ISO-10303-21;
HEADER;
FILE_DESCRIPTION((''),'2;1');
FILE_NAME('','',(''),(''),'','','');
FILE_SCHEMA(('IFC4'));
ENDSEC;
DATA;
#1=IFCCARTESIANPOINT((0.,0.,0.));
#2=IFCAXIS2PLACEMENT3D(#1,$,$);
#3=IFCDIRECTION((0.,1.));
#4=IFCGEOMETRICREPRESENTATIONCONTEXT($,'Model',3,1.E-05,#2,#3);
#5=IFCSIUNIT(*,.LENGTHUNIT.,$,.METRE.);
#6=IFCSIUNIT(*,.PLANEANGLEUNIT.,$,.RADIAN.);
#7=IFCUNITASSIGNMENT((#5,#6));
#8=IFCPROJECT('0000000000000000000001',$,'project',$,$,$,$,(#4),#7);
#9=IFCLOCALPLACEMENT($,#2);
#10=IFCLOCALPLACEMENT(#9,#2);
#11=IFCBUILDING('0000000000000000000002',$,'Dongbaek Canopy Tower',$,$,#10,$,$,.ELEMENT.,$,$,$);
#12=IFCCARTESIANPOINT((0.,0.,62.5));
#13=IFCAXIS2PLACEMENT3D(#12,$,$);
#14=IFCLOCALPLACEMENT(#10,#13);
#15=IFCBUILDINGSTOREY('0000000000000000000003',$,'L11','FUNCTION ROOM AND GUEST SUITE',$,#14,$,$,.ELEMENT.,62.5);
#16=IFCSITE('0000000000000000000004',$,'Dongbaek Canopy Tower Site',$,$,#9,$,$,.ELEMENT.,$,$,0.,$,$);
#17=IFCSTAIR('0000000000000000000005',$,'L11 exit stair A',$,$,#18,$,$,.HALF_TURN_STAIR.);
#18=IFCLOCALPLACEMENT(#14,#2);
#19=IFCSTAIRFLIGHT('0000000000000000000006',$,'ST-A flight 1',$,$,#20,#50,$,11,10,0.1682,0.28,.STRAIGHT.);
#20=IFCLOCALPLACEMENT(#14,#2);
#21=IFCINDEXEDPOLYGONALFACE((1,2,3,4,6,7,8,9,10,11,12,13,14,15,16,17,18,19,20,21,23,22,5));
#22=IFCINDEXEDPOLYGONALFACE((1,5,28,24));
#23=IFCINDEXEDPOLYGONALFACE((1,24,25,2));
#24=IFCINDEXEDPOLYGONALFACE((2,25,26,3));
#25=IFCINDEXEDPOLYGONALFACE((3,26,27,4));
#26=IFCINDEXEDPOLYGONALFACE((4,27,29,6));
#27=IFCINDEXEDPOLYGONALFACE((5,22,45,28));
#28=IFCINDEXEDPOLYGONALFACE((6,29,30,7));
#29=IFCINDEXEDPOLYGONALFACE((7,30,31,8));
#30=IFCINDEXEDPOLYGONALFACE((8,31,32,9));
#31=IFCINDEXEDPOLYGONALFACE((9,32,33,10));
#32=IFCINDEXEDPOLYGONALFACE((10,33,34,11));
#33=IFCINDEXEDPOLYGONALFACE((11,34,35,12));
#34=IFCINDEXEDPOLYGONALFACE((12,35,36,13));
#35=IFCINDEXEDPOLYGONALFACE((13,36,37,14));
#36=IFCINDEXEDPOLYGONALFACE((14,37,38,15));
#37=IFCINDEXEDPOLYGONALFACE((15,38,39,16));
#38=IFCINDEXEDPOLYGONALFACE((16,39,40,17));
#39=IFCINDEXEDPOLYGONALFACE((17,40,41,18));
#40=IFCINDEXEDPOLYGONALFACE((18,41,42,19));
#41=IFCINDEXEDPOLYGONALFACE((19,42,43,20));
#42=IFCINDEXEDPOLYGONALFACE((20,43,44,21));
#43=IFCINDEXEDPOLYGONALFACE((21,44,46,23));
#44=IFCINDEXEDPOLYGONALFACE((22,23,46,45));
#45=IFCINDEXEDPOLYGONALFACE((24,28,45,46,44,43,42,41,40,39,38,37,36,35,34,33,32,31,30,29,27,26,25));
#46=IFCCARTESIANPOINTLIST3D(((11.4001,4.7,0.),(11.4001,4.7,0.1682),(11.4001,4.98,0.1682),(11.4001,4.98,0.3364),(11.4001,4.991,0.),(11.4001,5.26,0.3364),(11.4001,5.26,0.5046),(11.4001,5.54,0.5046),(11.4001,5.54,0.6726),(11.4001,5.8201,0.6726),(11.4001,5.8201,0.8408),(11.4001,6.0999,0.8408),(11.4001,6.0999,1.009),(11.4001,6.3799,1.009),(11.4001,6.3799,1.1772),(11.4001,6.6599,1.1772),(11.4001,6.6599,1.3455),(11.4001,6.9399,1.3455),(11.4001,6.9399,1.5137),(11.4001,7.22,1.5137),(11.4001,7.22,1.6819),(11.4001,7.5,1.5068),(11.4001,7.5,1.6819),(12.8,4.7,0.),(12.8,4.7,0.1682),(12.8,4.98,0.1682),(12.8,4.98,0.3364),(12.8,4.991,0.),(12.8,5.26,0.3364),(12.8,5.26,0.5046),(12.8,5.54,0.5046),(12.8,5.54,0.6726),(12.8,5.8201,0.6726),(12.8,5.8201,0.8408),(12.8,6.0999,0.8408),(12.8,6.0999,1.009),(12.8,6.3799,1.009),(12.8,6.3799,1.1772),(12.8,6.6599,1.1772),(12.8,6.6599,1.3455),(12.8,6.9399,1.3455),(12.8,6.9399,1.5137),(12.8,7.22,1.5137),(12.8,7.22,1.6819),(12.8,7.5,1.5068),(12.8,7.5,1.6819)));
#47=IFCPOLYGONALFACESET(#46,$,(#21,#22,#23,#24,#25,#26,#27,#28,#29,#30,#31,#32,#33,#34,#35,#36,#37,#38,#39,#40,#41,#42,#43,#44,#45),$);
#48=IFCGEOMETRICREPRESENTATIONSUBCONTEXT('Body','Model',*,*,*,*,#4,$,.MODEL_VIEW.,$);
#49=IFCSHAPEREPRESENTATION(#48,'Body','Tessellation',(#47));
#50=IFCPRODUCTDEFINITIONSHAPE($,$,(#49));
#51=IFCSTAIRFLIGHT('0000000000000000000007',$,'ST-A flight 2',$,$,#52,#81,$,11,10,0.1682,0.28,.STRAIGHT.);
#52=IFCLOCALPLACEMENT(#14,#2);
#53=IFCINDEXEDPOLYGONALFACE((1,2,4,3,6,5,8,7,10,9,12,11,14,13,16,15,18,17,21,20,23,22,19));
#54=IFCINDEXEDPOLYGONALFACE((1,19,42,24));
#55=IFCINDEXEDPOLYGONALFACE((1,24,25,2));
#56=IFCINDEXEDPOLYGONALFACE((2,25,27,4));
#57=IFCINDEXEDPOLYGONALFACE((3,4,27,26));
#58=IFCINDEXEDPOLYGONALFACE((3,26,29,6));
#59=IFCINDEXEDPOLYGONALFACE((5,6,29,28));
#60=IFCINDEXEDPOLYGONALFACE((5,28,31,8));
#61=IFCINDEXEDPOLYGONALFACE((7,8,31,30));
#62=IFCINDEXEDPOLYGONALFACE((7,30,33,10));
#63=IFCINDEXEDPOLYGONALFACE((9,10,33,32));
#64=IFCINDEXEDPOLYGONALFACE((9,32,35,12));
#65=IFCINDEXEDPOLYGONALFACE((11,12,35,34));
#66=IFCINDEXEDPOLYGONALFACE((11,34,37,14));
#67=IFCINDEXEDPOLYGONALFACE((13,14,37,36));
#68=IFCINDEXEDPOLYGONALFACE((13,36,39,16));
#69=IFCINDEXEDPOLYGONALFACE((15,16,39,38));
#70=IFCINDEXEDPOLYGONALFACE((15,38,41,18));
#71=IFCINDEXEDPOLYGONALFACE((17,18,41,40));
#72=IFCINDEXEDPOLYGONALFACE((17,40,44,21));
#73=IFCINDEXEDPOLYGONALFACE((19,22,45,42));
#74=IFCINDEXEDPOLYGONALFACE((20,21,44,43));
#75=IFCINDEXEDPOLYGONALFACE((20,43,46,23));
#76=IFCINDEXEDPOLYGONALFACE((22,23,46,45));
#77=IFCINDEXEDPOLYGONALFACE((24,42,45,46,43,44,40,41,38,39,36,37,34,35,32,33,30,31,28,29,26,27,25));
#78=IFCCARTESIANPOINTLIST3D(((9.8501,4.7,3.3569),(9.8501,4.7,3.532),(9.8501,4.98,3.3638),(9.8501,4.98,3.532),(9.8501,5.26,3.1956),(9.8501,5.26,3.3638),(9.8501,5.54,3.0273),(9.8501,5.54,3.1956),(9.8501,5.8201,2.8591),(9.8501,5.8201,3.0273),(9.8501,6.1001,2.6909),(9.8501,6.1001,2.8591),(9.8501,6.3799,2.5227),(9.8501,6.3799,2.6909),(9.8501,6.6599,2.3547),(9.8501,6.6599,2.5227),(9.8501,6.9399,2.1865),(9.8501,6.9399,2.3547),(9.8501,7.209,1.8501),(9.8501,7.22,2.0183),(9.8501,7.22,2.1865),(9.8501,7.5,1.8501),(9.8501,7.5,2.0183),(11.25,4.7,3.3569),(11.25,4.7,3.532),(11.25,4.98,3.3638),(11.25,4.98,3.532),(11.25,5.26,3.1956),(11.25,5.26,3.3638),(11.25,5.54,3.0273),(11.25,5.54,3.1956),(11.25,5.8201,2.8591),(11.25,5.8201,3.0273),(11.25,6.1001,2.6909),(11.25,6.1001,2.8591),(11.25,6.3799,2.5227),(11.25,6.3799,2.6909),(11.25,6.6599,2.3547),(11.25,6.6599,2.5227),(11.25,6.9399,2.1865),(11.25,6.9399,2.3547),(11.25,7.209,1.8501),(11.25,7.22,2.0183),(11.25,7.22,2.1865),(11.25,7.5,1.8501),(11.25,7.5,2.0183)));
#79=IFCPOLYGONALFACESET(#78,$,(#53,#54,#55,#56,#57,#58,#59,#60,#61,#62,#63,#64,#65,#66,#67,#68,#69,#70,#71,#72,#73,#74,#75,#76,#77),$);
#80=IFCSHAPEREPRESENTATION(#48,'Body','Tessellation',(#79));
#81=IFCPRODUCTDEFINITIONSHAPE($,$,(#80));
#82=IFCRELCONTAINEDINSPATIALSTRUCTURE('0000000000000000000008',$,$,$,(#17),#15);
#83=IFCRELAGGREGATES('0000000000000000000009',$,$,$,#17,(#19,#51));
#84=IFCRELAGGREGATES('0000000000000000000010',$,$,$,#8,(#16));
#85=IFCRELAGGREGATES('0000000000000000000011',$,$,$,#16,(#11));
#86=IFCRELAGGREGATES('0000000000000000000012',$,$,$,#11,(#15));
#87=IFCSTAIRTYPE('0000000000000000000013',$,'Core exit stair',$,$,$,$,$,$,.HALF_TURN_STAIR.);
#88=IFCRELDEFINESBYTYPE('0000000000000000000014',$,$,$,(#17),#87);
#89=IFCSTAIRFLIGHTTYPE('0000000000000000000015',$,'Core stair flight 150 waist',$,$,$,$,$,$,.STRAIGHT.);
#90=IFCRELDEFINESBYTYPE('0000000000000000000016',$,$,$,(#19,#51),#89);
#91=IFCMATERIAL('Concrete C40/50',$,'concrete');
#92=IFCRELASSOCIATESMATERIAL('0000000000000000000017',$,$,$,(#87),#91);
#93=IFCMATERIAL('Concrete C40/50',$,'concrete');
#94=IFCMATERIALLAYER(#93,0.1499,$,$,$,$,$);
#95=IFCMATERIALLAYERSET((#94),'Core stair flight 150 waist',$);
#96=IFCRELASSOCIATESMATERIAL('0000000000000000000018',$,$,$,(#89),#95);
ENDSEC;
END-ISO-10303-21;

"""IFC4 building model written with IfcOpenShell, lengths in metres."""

from ifc_helpers import new_model, si_unit, direction, frame, origin, place, context, subcontext, project, spatial, polyline, outline, extrude, material, layer, layer_set, type_object, element, aggregate, save


model = new_model("IFC4")

# Units and contexts
model_context = context("Model", 3, precision=1e-05, world=origin(), true_north=direction((0.0, 1.0)))
body_context = subcontext(model_context, "Body", "Model", "MODEL_VIEW")
ifc_project = project(units=[si_unit("LENGTHUNIT", "METRE"), si_unit("PLANEANGLEUNIT", "RADIAN")], contexts=[model_context])

# Site, building, storey
site_placement = place(None, origin())
site = spatial("IfcSite", under=ifc_project, at=site_placement, Name="Dongbaek Canopy Tower Site", CompositionType="ELEMENT", RefElevation=0.0)
building_placement = place(site_placement, origin())
building = spatial("IfcBuilding", under=site, at=building_placement, Name="Dongbaek Canopy Tower", CompositionType="ELEMENT")
storey_placement = place(building_placement, frame((0.0, 0.0, 62.5)))
storey = spatial("IfcBuildingStorey", under=building, at=storey_placement, Name="L11", Description="FUNCTION ROOM AND GUEST SUITE", CompositionType="ELEMENT", Elevation=62.5)

# Stair, stair flights
ifc_material_1 = material(Name="Concrete C40/50", Category="concrete")
stair_type = type_object("IfcStairType", Name="Core exit stair", PredefinedType="HALF_TURN_STAIR", material=ifc_material_1)
stair_placement = place(storey_placement, origin())
stair = element("IfcStair", 1, at=stair_placement, inside=storey, type_object=stair_type, Name="L11 exit stair A", PredefinedType="HALF_TURN_STAIR")
ifc_material_2 = material(Name="Concrete C40/50", Category="concrete")
ifc_layer_1 = layer(ifc_material_2, 0.1499)
ifc_layer_set_1 = layer_set([ifc_layer_1], Name="Core stair flight 150 waist")
stair_flight_type = type_object("IfcStairFlightType", Name="Core stair flight 150 waist", PredefinedType="STRAIGHT", material=ifc_layer_set_1)
stair_flight_1_placement = place(storey_placement, frame((12.1001, 4.7, 0.0), z_axis=(0.0, 0.0, 1.0), x_axis=(0.0, 1.0, 0.0)))
stair_flight_1 = element("IfcStairFlight", 2, at=stair_flight_1_placement, type_object=stair_flight_type, Name="ST-A flight 1", NumberOfRisers=11, NumberOfTreads=10, PredefinedType="STRAIGHT", RiserHeight=0.1682, TreadLength=0.28, context=body_context, shape_type="SweptSolid", body=[
    extrude(outline(polyline([(0.0, 0.0), (0.0, 0.1682), (0.28, 0.1682), (0.28, 0.3364), (0.5601, 0.3364), (0.5601, 0.5046), (0.8401, 0.5046), (0.8401, 0.6726), (1.1201, 0.6726), (1.1201, 0.8408), (1.3999, 0.8408), (1.3999, 1.009), (1.6799, 1.009), (1.6799, 1.1772), (1.96, 1.1772), (1.96, 1.3455), (2.24, 1.3455), (2.24, 1.5137), (2.52, 1.5137), (2.52, 1.6819), (2.8, 1.6819), (2.8, 1.8501), (2.8, 1.5068), (0.291, 0.0), (0.0, 0.0)])), frame((0.0, 0.7, 0.0), z_axis=(0.0, -1.0, 0.0), x_axis=(1.0, 0.0, 0.0)), (0.0, 0.0, 1.0), 1.3999),
])
stair_flight_2_placement = place(storey_placement, frame((10.55, 7.5, 1.8501), z_axis=(0.0, 0.0, 1.0), x_axis=(0.0, -1.0, 0.0)))
stair_flight_2 = element("IfcStairFlight", 3, at=stair_flight_2_placement, type_object=stair_flight_type, Name="ST-A flight 2", NumberOfRisers=11, NumberOfTreads=10, PredefinedType="STRAIGHT", RiserHeight=0.1682, TreadLength=0.28, context=body_context, shape_type="SweptSolid", body=[
    extrude(outline(polyline([(0.0, 0.0), (0.0, 0.1682), (0.28, 0.1682), (0.28, 0.3364), (0.5601, 0.3364), (0.5601, 0.5046), (0.8401, 0.5046), (0.8401, 0.6726), (1.1201, 0.6726), (1.1201, 0.8408), (1.3999, 0.8408), (1.3999, 1.009), (1.6799, 1.009), (1.6799, 1.1772), (1.96, 1.1772), (1.96, 1.3455), (2.24, 1.3455), (2.24, 1.5137), (2.52, 1.5137), (2.52, 1.6819), (2.8, 1.6819), (2.8, 1.8501), (2.8, 1.5068), (0.291, 0.0), (0.0, 0.0)])), frame((0.0, 0.7, 0.0), z_axis=(0.0, -1.0, 0.0), x_axis=(1.0, 0.0, 0.0)), (0.0, 0.0, 1.0), 1.3999),
])
aggregate(stair, [stair_flight_1, stair_flight_2])

save(model, "model.ifc")
